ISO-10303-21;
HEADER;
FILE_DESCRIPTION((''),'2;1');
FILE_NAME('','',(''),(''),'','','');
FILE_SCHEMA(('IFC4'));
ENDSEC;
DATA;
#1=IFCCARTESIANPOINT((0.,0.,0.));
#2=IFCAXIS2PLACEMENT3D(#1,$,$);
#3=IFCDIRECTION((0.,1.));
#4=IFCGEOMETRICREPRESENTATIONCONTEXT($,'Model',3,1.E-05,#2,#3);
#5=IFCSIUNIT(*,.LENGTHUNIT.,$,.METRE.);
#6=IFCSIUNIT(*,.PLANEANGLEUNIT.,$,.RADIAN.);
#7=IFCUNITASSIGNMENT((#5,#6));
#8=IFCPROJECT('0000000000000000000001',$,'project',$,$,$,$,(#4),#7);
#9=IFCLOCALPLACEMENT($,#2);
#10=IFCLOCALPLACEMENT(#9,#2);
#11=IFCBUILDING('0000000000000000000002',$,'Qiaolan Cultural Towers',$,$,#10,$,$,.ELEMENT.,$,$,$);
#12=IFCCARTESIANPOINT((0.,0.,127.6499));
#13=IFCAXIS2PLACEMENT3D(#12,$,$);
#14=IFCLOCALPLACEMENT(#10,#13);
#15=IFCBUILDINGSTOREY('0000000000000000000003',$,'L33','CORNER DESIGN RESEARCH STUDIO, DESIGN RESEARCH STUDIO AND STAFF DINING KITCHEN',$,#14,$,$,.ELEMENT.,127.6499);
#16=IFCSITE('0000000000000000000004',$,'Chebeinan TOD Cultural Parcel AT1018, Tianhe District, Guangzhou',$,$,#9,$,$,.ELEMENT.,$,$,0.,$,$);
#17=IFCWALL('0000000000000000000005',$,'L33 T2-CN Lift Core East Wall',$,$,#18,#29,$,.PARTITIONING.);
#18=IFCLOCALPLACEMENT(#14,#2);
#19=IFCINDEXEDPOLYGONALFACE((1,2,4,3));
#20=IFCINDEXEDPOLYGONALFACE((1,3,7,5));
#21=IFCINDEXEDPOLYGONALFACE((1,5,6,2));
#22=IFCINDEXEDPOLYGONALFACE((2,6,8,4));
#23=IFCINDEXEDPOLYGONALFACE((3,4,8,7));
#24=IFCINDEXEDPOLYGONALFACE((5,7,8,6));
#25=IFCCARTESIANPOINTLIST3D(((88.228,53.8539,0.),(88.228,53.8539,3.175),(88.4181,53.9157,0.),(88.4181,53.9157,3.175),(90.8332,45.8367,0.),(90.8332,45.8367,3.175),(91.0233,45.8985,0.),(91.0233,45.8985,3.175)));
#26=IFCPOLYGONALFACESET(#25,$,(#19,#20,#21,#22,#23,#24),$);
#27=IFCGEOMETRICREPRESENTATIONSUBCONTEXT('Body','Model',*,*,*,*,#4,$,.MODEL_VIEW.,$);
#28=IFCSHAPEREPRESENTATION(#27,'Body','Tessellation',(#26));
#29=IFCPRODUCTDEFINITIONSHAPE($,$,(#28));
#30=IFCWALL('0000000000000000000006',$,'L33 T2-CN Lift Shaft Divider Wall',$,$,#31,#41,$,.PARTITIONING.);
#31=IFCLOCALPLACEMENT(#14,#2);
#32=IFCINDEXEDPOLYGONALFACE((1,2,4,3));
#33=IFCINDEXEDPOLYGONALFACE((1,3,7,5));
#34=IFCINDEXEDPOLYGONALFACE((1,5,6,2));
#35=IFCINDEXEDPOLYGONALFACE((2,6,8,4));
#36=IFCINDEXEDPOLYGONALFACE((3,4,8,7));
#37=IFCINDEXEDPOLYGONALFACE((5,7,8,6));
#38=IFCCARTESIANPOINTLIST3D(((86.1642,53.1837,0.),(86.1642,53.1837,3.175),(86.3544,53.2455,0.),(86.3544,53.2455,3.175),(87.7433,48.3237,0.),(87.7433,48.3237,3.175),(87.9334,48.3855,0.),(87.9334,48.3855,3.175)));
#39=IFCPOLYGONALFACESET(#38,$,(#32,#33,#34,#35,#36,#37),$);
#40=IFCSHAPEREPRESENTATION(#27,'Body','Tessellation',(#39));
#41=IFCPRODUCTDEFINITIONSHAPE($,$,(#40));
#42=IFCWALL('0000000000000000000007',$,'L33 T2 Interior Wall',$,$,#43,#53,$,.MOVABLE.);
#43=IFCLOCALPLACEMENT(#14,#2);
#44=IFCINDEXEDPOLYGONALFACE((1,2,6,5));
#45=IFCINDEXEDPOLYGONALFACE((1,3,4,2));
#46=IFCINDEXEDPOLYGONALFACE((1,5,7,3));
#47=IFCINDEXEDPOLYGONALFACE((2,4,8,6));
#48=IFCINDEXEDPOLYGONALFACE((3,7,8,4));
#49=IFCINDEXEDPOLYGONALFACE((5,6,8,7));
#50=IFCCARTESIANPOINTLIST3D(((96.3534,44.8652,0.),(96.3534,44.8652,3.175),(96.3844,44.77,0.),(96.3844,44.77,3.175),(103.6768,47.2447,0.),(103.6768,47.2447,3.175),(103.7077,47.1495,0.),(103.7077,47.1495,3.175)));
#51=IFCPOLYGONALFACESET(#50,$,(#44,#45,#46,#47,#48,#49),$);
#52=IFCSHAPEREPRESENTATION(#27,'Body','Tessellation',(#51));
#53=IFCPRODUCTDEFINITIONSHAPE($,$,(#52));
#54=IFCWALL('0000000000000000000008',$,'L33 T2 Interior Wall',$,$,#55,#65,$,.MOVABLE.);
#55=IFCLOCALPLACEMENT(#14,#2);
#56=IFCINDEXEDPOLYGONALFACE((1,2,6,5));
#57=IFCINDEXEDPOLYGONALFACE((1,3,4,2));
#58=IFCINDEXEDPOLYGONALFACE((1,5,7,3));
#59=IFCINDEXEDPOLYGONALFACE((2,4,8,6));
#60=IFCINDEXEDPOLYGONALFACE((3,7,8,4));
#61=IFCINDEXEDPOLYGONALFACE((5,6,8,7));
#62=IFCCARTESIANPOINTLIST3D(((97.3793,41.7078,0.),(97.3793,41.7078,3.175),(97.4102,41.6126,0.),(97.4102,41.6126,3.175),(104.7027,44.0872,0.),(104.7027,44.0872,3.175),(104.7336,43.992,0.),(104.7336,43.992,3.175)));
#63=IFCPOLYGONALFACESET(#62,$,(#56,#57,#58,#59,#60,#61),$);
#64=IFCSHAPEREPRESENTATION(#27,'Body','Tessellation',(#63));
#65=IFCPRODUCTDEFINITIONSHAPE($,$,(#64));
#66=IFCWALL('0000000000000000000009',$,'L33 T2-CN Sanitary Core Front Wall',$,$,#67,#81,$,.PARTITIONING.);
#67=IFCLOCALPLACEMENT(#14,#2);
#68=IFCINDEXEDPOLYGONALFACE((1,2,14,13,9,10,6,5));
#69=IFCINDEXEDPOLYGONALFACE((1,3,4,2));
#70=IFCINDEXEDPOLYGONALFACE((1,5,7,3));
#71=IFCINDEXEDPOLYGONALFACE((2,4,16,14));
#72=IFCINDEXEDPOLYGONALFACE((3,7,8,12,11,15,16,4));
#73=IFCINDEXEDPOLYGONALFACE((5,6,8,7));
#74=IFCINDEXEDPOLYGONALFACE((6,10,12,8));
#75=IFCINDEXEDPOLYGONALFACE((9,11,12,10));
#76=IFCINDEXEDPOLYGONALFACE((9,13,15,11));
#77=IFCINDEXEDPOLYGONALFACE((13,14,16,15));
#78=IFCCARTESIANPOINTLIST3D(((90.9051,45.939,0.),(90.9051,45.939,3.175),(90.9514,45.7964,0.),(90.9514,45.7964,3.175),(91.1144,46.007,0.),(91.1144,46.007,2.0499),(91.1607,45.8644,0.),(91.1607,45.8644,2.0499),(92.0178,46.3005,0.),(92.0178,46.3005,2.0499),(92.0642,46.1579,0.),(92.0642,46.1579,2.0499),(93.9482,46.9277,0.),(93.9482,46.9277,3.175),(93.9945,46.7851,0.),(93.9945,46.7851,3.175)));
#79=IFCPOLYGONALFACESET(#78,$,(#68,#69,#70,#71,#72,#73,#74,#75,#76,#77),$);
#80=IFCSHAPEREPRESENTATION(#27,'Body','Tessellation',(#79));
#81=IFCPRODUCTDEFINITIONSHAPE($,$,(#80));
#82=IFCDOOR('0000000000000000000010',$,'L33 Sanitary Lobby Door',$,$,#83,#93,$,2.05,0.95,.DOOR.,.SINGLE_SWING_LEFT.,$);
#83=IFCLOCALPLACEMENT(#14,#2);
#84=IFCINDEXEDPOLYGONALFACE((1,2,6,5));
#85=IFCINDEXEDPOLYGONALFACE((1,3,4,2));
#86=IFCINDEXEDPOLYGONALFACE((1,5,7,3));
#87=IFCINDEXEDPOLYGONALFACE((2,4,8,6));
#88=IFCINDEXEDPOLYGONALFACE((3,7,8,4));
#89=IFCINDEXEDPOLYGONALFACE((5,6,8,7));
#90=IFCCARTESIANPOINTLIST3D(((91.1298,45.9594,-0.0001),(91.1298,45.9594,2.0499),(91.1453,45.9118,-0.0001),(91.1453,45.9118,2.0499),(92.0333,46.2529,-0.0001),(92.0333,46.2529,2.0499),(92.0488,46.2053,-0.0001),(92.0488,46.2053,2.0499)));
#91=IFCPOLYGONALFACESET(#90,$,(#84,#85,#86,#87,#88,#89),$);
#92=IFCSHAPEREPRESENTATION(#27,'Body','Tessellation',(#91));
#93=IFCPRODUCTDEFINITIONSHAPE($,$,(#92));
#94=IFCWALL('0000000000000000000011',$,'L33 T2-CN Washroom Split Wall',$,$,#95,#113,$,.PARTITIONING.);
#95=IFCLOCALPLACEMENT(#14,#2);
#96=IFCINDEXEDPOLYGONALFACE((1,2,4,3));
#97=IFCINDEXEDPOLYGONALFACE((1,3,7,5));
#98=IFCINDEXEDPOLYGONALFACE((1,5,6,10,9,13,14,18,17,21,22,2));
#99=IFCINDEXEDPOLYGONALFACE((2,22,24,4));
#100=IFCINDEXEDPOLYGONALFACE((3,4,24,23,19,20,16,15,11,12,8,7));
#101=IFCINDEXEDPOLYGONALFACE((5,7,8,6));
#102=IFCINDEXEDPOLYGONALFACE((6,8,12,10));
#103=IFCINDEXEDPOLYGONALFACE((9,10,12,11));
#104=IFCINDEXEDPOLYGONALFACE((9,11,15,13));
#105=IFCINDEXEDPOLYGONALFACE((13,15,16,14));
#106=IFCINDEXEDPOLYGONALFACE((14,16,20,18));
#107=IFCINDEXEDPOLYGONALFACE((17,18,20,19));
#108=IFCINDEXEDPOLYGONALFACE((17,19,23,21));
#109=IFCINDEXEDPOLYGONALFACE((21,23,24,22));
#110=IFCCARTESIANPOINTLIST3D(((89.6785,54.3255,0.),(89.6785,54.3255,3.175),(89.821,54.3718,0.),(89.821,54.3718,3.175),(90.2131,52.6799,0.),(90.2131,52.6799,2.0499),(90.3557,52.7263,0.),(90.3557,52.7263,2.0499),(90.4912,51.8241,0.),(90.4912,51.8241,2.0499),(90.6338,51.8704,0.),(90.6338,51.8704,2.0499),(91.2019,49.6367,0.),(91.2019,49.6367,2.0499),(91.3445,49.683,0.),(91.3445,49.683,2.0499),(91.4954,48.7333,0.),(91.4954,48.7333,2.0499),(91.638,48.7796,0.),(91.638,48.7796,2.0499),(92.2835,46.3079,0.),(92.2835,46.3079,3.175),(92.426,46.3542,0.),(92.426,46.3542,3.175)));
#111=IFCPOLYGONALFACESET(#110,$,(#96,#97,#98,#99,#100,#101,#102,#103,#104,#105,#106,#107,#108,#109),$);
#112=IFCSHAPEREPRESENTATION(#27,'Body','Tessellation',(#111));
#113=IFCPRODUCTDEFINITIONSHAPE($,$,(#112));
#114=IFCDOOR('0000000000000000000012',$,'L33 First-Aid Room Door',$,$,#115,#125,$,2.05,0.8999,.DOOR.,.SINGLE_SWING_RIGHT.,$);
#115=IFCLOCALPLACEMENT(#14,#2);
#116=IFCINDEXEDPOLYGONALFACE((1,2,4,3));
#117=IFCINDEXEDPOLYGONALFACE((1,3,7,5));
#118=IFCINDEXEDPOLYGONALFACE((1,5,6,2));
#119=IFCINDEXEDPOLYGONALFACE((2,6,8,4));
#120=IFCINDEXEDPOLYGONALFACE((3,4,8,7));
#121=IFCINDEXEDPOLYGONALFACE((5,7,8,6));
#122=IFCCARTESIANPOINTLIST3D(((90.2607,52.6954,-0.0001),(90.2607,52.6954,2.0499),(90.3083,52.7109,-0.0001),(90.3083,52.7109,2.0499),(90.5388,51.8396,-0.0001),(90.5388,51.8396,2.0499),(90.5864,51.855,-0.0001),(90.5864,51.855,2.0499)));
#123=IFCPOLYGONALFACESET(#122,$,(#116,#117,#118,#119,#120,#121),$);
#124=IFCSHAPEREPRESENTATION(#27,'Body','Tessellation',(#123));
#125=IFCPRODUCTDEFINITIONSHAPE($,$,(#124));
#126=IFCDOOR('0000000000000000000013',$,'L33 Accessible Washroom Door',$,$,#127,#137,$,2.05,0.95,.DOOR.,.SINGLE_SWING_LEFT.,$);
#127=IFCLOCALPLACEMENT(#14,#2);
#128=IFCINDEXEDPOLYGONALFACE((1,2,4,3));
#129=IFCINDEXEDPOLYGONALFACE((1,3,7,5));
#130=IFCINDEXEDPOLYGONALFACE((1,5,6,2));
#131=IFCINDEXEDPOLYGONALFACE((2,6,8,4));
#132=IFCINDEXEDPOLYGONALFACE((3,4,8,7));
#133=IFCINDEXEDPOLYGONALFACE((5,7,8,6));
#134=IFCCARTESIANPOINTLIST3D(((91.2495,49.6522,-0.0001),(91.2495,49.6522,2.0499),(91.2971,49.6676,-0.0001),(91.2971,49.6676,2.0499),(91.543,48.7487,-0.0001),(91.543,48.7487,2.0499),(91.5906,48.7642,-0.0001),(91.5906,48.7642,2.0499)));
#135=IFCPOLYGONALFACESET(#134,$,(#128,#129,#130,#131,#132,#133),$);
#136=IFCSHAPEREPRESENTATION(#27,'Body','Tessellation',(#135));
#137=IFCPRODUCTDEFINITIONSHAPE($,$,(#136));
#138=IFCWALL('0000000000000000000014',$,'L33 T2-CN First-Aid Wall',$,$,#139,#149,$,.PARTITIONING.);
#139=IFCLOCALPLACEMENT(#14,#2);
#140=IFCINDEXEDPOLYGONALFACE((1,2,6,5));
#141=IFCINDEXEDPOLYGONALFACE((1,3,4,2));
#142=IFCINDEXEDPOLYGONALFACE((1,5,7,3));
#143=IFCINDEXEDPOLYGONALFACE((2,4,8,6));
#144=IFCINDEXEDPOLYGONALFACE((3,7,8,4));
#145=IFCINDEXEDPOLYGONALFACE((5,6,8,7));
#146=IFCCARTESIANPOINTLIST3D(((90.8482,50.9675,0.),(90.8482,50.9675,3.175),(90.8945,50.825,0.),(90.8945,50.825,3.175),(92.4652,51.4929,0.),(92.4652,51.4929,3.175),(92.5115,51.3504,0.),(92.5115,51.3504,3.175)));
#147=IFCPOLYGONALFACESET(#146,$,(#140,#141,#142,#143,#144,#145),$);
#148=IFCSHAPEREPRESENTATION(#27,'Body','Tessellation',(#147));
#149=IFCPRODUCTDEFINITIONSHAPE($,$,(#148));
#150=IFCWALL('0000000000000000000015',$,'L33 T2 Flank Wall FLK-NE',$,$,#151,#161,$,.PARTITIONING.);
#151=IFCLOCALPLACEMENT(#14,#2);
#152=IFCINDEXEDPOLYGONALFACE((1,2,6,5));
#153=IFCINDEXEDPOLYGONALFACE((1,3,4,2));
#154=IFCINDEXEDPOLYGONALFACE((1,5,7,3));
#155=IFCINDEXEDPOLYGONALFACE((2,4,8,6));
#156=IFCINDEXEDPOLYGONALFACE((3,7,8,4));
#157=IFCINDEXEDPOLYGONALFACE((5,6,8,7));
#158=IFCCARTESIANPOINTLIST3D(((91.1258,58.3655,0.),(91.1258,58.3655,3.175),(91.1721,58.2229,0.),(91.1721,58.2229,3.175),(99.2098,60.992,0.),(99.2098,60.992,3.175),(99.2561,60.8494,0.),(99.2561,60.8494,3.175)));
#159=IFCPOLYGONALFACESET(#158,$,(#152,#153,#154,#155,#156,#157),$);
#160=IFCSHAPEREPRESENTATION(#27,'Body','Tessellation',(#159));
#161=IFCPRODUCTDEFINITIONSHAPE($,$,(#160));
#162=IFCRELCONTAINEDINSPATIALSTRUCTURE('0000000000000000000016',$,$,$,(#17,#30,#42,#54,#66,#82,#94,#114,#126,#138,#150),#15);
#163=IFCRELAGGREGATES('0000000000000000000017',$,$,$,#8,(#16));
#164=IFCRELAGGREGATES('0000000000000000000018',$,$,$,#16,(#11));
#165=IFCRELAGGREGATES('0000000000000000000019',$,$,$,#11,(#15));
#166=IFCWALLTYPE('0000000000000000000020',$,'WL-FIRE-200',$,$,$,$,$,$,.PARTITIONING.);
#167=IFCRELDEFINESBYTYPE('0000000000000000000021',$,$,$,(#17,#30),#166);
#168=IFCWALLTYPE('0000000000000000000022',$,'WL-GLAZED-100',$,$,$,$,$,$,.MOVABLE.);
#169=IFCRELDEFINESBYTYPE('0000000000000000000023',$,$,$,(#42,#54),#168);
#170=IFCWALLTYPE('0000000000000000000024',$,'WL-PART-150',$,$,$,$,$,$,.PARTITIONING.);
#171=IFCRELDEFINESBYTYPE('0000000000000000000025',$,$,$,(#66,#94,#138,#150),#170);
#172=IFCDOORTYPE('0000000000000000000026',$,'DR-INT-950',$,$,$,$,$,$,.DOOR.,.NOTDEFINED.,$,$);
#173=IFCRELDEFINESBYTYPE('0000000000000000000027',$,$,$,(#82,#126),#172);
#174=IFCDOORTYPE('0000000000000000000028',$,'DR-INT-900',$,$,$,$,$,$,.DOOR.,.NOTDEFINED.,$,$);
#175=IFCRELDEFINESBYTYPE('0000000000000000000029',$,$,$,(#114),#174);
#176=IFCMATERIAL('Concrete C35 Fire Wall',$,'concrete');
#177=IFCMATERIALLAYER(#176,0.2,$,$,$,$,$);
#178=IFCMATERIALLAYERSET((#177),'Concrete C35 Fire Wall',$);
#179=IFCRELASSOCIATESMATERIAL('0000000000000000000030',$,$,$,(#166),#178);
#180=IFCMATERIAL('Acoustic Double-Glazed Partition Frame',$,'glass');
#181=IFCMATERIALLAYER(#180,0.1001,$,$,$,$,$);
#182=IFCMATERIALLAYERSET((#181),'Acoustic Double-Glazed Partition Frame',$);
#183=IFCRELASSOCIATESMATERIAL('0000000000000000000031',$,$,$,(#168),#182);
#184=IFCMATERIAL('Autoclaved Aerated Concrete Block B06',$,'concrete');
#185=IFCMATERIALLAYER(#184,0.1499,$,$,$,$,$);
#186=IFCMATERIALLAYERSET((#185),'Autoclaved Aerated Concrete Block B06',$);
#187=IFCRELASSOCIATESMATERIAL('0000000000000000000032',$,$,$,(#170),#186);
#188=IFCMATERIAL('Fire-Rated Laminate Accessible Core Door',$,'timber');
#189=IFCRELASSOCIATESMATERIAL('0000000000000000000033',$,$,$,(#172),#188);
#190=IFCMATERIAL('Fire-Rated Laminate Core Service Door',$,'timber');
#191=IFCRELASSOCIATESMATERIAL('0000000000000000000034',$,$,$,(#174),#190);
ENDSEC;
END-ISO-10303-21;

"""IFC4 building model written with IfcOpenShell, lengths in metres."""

from ifc_helpers import new_model, si_unit, direction, frame, frame_2d, origin, place, context, subcontext, project, spatial, rectangle, extrude, material, layer, layer_set, type_object, element, fill, save


model = new_model("IFC4")

# Units and contexts
model_context = context("Model", 3, precision=1e-05, world=origin(), true_north=direction((0.0, 1.0)))
body_context = subcontext(model_context, "Body", "Model", "MODEL_VIEW")
ifc_project = project(units=[si_unit("LENGTHUNIT", "METRE"), si_unit("PLANEANGLEUNIT", "RADIAN")], contexts=[model_context])

# Site, building, storey
site_placement = place(None, origin())
site = spatial("IfcSite", under=ifc_project, at=site_placement, Name="Chebeinan TOD Cultural Parcel AT1018, Tianhe District, Guangzhou", CompositionType="ELEMENT", RefElevation=0.0)
building_placement = place(site_placement, origin())
building = spatial("IfcBuilding", under=site, at=building_placement, Name="Qiaolan Cultural Towers", CompositionType="ELEMENT")
storey_placement = place(building_placement, frame((0.0, 0.0, 127.6499)))
storey = spatial("IfcBuildingStorey", under=building, at=storey_placement, Name="L33", Description="CORNER DESIGN RESEARCH STUDIO, DESIGN RESEARCH STUDIO AND STAFF DINING KITCHEN", CompositionType="ELEMENT", Elevation=127.6499)

# Walls
ifc_material_1 = material(Name="Concrete C35 Fire Wall", Category="concrete")
ifc_layer_1 = layer(ifc_material_1, 0.2)
ifc_layer_set_1 = layer_set([ifc_layer_1], Name="Concrete C35 Fire Wall")
wall_type_1 = type_object("IfcWallType", Name="WL-FIRE-200", PredefinedType="PARTITIONING", material=ifc_layer_set_1)
wall_1_placement = place(storey_placement, frame((90.9282, 45.8677, 0.0), z_axis=(0.0, 0.0, 1.0), x_axis=(-0.309042, 0.951048, 0.0)))
element("IfcWall", 1, at=wall_1_placement, inside=storey, type_object=wall_type_1, Name="L33 T2-CN Lift Core East Wall", PredefinedType="PARTITIONING", context=body_context, shape_type="SweptSolid", body=[
    extrude(rectangle(XDim=8.4299, YDim=0.2, at=frame_2d((4.2148, 0.0))), origin(), (0.0, 0.0, 1.0), 3.175),
])
wall_2_placement = place(storey_placement, frame((87.8384, 48.3545, 0.0), z_axis=(0.0, 0.0, 1.0), x_axis=(-0.309009, 0.951059, 0.0)))
element("IfcWall", 2, at=wall_2_placement, inside=storey, type_object=wall_type_1, Name="L33 T2-CN Lift Shaft Divider Wall", PredefinedType="PARTITIONING", context=body_context, shape_type="SweptSolid", body=[
    extrude(rectangle(XDim=5.1101, YDim=0.2, at=frame_2d((2.5552, 0.0))), origin(), (0.0, 0.0, 1.0), 3.175),
])
ifc_material_2 = material(Name="Acoustic Double-Glazed Partition Frame", Category="glass")
ifc_layer_2 = layer(ifc_material_2, 0.1001)
ifc_layer_set_2 = layer_set([ifc_layer_2], Name="Acoustic Double-Glazed Partition Frame")
wall_type_2 = type_object("IfcWallType", Name="WL-GLAZED-100", PredefinedType="MOVABLE", material=ifc_layer_set_2)
for number, where, z_axis, x_axis, name in (
    (3, (96.3689, 44.8176, 0.0), (0.0, 0.0, 1.0), (0.951059, 0.309009, 0.0), "L33 T2 Interior Wall"),
    (4, (97.3948, 41.6602, 0.0), (0.0, 0.0, 1.0), (0.951059, 0.309009, 0.0), "L33 T2 Interior Wall"),
):
    element("IfcWall", number, at=place(storey_placement, frame(where, z_axis=z_axis, x_axis=x_axis)), inside=storey, type_object=wall_type_2, Name=name, PredefinedType="MOVABLE", context=body_context, shape_type="SweptSolid", body=[
        extrude(rectangle(XDim=7.7002, YDim=0.1001, at=frame_2d((3.8501, 0.0))), origin(), (0.0, 0.0, 1.0), 3.175),
    ])

# Wall, opening, door
ifc_material_3 = material(Name="Autoclaved Aerated Concrete Block B06", Category="concrete")
ifc_layer_3 = layer(ifc_material_3, 0.1499)
ifc_layer_set_3 = layer_set([ifc_layer_3], Name="Autoclaved Aerated Concrete Block B06")
wall_type_3 = type_object("IfcWallType", Name="WL-PART-150", PredefinedType="PARTITIONING", material=ifc_layer_set_3)
wall_3_placement = place(storey_placement, frame((90.9282, 45.8677, 0.0), z_axis=(0.0, 0.0, 1.0), x_axis=(0.951059, 0.309008, 0.0)))
wall_3 = element("IfcWall", 5, at=wall_3_placement, inside=storey, type_object=wall_type_3, Name="L33 T2-CN Sanitary Core Front Wall", PredefinedType="PARTITIONING", context=body_context, shape_type="SweptSolid", body=[
    extrude(rectangle(XDim=3.1997, YDim=0.1499, at=frame_2d((1.5999, 0.0))), origin(), (0.0, 0.0, 1.0), 3.175),
])
opening_1_placement = place(wall_3_placement, frame((0.22, 0.0, 0.0)))
opening_1 = element("IfcOpeningElement", 6, at=opening_1_placement, cuts=wall_3, PredefinedType="OPENING", context=body_context, shape_type="SweptSolid", body=[
    extrude(rectangle(XDim=0.95, YDim=2.05, at=frame_2d((0.4751, 1.0249))), frame((0.0, 0.085, 0.0), z_axis=(0.0, -1.0, 0.0), x_axis=(1.0, 0.0, 0.0)), (0.0, 0.0, 1.0), 0.1699),
])
ifc_material_4 = material(Name="Fire-Rated Laminate Accessible Core Door", Category="timber")
door_type_1 = type_object("IfcDoorType", Name="DR-INT-950", OperationType="NOTDEFINED", PredefinedType="DOOR", material=ifc_material_4)
door_1_placement = place(opening_1_placement, origin())
door_1 = element("IfcDoor", 7, at=door_1_placement, inside=storey, type_object=door_type_1, Name="L33 Sanitary Lobby Door", OperationType="SINGLE_SWING_LEFT", OverallHeight=2.05, OverallWidth=0.95, PredefinedType="DOOR", context=body_context, shape_type="SweptSolid", body=[
    extrude(rectangle(XDim=0.95, YDim=2.05, at=frame_2d((0.4751, 1.0249))), frame((0.0, 0.0249, 0.0), z_axis=(0.0, -1.0, 0.0), x_axis=(1.0, 0.0, 0.0)), (0.0, 0.0, 1.0), 0.05),
])
fill(opening_1, door_1)

# Wall, openings, doors
wall_4_placement = place(storey_placement, frame((92.3547, 46.3311, 0.0), z_axis=(0.0, 0.0, 1.0), x_axis=(-0.309007, 0.95106, 0.0)))
wall_4 = element("IfcWall", 8, at=wall_4_placement, inside=storey, type_object=wall_type_3, Name="L33 T2-CN Washroom Split Wall", PredefinedType="PARTITIONING", context=body_context, shape_type="SweptSolid", body=[
    extrude(rectangle(XDim=8.4302, YDim=0.1499, at=frame_2d((4.2151, 0.0))), origin(), (0.0, 0.0, 1.0), 3.175),
])
opening_2_placement = place(wall_4_placement, frame((2.55, 0.0, 0.0)))
opening_2 = element("IfcOpeningElement", 9, at=opening_2_placement, cuts=wall_4, PredefinedType="OPENING", context=body_context, shape_type="SweptSolid", body=[
    extrude(rectangle(XDim=0.95, YDim=2.05, at=frame_2d((0.4751, 1.0249))), frame((0.0, 0.085, 0.0), z_axis=(0.0, -1.0, 0.0), x_axis=(1.0, 0.0, 0.0)), (0.0, 0.0, 1.0), 0.1699),
])
opening_3_placement = place(wall_4_placement, frame((5.8, 0.0, 0.0)))
opening_3 = element("IfcOpeningElement", 10, at=opening_3_placement, cuts=wall_4, PredefinedType="OPENING", context=body_context, shape_type="SweptSolid", body=[
    extrude(rectangle(XDim=0.8999, YDim=2.05, at=frame_2d((0.45, 1.0249))), frame((0.0, 0.085, 0.0), z_axis=(0.0, -1.0, 0.0), x_axis=(1.0, 0.0, 0.0)), (0.0, 0.0, 1.0), 0.1699),
])
ifc_material_5 = material(Name="Fire-Rated Laminate Core Service Door", Category="timber")
door_type_2 = type_object("IfcDoorType", Name="DR-INT-900", OperationType="NOTDEFINED", PredefinedType="DOOR", material=ifc_material_5)
door_2_placement = place(opening_3_placement, origin())
door_2 = element("IfcDoor", 11, at=door_2_placement, inside=storey, type_object=door_type_2, Name="L33 First-Aid Room Door", OperationType="SINGLE_SWING_RIGHT", OverallHeight=2.05, OverallWidth=0.8999, PredefinedType="DOOR", context=body_context, shape_type="SweptSolid", body=[
    extrude(rectangle(XDim=0.8999, YDim=2.05, at=frame_2d((0.45, 1.0249))), frame((0.0, 0.0249, 0.0), z_axis=(0.0, -1.0, 0.0), x_axis=(1.0, 0.0, 0.0)), (0.0, 0.0, 1.0), 0.05),
])
fill(opening_3, door_2)
door_3_placement = place(opening_2_placement, origin())
door_3 = element("IfcDoor", 12, at=door_3_placement, inside=storey, type_object=door_type_1, Name="L33 Accessible Washroom Door", OperationType="SINGLE_SWING_LEFT", OverallHeight=2.05, OverallWidth=0.95, PredefinedType="DOOR", context=body_context, shape_type="SweptSolid", body=[
    extrude(rectangle(XDim=0.95, YDim=2.05, at=frame_2d((0.4751, 1.0249))), frame((0.0, 0.0249, 0.0), z_axis=(0.0, -1.0, 0.0), x_axis=(1.0, 0.0, 0.0)), (0.0, 0.0, 1.0), 0.05),
])
fill(opening_2, door_3)

# Walls
wall_5_placement = place(storey_placement, frame((90.8713, 50.8962, 0.0), z_axis=(0.0, 0.0, 1.0), x_axis=(0.951054, 0.309024, 0.0)))
element("IfcWall", 13, at=wall_5_placement, inside=storey, type_object=wall_type_3, Name="L33 T2-CN First-Aid Wall", PredefinedType="PARTITIONING", context=body_context, shape_type="SweptSolid", body=[
    extrude(rectangle(XDim=1.7002, YDim=0.1499, at=frame_2d((0.8501, 0.0))), origin(), (0.0, 0.0, 1.0), 3.175),
])
wall_6_placement = place(storey_placement, frame((91.1489, 58.2942, 0.0), z_axis=(0.0, 0.0, 1.0), x_axis=(0.951063, 0.308998, 0.0)))
element("IfcWall", 14, at=wall_6_placement, inside=storey, type_object=wall_type_3, Name="L33 T2 Flank Wall FLK-NE", PredefinedType="PARTITIONING", context=body_context, shape_type="SweptSolid", body=[
    extrude(rectangle(XDim=8.5, YDim=0.1499, at=frame_2d((4.25, 0.0))), origin(), (0.0, 0.0, 1.0), 3.175),
])

save(model, "model.ifc")
